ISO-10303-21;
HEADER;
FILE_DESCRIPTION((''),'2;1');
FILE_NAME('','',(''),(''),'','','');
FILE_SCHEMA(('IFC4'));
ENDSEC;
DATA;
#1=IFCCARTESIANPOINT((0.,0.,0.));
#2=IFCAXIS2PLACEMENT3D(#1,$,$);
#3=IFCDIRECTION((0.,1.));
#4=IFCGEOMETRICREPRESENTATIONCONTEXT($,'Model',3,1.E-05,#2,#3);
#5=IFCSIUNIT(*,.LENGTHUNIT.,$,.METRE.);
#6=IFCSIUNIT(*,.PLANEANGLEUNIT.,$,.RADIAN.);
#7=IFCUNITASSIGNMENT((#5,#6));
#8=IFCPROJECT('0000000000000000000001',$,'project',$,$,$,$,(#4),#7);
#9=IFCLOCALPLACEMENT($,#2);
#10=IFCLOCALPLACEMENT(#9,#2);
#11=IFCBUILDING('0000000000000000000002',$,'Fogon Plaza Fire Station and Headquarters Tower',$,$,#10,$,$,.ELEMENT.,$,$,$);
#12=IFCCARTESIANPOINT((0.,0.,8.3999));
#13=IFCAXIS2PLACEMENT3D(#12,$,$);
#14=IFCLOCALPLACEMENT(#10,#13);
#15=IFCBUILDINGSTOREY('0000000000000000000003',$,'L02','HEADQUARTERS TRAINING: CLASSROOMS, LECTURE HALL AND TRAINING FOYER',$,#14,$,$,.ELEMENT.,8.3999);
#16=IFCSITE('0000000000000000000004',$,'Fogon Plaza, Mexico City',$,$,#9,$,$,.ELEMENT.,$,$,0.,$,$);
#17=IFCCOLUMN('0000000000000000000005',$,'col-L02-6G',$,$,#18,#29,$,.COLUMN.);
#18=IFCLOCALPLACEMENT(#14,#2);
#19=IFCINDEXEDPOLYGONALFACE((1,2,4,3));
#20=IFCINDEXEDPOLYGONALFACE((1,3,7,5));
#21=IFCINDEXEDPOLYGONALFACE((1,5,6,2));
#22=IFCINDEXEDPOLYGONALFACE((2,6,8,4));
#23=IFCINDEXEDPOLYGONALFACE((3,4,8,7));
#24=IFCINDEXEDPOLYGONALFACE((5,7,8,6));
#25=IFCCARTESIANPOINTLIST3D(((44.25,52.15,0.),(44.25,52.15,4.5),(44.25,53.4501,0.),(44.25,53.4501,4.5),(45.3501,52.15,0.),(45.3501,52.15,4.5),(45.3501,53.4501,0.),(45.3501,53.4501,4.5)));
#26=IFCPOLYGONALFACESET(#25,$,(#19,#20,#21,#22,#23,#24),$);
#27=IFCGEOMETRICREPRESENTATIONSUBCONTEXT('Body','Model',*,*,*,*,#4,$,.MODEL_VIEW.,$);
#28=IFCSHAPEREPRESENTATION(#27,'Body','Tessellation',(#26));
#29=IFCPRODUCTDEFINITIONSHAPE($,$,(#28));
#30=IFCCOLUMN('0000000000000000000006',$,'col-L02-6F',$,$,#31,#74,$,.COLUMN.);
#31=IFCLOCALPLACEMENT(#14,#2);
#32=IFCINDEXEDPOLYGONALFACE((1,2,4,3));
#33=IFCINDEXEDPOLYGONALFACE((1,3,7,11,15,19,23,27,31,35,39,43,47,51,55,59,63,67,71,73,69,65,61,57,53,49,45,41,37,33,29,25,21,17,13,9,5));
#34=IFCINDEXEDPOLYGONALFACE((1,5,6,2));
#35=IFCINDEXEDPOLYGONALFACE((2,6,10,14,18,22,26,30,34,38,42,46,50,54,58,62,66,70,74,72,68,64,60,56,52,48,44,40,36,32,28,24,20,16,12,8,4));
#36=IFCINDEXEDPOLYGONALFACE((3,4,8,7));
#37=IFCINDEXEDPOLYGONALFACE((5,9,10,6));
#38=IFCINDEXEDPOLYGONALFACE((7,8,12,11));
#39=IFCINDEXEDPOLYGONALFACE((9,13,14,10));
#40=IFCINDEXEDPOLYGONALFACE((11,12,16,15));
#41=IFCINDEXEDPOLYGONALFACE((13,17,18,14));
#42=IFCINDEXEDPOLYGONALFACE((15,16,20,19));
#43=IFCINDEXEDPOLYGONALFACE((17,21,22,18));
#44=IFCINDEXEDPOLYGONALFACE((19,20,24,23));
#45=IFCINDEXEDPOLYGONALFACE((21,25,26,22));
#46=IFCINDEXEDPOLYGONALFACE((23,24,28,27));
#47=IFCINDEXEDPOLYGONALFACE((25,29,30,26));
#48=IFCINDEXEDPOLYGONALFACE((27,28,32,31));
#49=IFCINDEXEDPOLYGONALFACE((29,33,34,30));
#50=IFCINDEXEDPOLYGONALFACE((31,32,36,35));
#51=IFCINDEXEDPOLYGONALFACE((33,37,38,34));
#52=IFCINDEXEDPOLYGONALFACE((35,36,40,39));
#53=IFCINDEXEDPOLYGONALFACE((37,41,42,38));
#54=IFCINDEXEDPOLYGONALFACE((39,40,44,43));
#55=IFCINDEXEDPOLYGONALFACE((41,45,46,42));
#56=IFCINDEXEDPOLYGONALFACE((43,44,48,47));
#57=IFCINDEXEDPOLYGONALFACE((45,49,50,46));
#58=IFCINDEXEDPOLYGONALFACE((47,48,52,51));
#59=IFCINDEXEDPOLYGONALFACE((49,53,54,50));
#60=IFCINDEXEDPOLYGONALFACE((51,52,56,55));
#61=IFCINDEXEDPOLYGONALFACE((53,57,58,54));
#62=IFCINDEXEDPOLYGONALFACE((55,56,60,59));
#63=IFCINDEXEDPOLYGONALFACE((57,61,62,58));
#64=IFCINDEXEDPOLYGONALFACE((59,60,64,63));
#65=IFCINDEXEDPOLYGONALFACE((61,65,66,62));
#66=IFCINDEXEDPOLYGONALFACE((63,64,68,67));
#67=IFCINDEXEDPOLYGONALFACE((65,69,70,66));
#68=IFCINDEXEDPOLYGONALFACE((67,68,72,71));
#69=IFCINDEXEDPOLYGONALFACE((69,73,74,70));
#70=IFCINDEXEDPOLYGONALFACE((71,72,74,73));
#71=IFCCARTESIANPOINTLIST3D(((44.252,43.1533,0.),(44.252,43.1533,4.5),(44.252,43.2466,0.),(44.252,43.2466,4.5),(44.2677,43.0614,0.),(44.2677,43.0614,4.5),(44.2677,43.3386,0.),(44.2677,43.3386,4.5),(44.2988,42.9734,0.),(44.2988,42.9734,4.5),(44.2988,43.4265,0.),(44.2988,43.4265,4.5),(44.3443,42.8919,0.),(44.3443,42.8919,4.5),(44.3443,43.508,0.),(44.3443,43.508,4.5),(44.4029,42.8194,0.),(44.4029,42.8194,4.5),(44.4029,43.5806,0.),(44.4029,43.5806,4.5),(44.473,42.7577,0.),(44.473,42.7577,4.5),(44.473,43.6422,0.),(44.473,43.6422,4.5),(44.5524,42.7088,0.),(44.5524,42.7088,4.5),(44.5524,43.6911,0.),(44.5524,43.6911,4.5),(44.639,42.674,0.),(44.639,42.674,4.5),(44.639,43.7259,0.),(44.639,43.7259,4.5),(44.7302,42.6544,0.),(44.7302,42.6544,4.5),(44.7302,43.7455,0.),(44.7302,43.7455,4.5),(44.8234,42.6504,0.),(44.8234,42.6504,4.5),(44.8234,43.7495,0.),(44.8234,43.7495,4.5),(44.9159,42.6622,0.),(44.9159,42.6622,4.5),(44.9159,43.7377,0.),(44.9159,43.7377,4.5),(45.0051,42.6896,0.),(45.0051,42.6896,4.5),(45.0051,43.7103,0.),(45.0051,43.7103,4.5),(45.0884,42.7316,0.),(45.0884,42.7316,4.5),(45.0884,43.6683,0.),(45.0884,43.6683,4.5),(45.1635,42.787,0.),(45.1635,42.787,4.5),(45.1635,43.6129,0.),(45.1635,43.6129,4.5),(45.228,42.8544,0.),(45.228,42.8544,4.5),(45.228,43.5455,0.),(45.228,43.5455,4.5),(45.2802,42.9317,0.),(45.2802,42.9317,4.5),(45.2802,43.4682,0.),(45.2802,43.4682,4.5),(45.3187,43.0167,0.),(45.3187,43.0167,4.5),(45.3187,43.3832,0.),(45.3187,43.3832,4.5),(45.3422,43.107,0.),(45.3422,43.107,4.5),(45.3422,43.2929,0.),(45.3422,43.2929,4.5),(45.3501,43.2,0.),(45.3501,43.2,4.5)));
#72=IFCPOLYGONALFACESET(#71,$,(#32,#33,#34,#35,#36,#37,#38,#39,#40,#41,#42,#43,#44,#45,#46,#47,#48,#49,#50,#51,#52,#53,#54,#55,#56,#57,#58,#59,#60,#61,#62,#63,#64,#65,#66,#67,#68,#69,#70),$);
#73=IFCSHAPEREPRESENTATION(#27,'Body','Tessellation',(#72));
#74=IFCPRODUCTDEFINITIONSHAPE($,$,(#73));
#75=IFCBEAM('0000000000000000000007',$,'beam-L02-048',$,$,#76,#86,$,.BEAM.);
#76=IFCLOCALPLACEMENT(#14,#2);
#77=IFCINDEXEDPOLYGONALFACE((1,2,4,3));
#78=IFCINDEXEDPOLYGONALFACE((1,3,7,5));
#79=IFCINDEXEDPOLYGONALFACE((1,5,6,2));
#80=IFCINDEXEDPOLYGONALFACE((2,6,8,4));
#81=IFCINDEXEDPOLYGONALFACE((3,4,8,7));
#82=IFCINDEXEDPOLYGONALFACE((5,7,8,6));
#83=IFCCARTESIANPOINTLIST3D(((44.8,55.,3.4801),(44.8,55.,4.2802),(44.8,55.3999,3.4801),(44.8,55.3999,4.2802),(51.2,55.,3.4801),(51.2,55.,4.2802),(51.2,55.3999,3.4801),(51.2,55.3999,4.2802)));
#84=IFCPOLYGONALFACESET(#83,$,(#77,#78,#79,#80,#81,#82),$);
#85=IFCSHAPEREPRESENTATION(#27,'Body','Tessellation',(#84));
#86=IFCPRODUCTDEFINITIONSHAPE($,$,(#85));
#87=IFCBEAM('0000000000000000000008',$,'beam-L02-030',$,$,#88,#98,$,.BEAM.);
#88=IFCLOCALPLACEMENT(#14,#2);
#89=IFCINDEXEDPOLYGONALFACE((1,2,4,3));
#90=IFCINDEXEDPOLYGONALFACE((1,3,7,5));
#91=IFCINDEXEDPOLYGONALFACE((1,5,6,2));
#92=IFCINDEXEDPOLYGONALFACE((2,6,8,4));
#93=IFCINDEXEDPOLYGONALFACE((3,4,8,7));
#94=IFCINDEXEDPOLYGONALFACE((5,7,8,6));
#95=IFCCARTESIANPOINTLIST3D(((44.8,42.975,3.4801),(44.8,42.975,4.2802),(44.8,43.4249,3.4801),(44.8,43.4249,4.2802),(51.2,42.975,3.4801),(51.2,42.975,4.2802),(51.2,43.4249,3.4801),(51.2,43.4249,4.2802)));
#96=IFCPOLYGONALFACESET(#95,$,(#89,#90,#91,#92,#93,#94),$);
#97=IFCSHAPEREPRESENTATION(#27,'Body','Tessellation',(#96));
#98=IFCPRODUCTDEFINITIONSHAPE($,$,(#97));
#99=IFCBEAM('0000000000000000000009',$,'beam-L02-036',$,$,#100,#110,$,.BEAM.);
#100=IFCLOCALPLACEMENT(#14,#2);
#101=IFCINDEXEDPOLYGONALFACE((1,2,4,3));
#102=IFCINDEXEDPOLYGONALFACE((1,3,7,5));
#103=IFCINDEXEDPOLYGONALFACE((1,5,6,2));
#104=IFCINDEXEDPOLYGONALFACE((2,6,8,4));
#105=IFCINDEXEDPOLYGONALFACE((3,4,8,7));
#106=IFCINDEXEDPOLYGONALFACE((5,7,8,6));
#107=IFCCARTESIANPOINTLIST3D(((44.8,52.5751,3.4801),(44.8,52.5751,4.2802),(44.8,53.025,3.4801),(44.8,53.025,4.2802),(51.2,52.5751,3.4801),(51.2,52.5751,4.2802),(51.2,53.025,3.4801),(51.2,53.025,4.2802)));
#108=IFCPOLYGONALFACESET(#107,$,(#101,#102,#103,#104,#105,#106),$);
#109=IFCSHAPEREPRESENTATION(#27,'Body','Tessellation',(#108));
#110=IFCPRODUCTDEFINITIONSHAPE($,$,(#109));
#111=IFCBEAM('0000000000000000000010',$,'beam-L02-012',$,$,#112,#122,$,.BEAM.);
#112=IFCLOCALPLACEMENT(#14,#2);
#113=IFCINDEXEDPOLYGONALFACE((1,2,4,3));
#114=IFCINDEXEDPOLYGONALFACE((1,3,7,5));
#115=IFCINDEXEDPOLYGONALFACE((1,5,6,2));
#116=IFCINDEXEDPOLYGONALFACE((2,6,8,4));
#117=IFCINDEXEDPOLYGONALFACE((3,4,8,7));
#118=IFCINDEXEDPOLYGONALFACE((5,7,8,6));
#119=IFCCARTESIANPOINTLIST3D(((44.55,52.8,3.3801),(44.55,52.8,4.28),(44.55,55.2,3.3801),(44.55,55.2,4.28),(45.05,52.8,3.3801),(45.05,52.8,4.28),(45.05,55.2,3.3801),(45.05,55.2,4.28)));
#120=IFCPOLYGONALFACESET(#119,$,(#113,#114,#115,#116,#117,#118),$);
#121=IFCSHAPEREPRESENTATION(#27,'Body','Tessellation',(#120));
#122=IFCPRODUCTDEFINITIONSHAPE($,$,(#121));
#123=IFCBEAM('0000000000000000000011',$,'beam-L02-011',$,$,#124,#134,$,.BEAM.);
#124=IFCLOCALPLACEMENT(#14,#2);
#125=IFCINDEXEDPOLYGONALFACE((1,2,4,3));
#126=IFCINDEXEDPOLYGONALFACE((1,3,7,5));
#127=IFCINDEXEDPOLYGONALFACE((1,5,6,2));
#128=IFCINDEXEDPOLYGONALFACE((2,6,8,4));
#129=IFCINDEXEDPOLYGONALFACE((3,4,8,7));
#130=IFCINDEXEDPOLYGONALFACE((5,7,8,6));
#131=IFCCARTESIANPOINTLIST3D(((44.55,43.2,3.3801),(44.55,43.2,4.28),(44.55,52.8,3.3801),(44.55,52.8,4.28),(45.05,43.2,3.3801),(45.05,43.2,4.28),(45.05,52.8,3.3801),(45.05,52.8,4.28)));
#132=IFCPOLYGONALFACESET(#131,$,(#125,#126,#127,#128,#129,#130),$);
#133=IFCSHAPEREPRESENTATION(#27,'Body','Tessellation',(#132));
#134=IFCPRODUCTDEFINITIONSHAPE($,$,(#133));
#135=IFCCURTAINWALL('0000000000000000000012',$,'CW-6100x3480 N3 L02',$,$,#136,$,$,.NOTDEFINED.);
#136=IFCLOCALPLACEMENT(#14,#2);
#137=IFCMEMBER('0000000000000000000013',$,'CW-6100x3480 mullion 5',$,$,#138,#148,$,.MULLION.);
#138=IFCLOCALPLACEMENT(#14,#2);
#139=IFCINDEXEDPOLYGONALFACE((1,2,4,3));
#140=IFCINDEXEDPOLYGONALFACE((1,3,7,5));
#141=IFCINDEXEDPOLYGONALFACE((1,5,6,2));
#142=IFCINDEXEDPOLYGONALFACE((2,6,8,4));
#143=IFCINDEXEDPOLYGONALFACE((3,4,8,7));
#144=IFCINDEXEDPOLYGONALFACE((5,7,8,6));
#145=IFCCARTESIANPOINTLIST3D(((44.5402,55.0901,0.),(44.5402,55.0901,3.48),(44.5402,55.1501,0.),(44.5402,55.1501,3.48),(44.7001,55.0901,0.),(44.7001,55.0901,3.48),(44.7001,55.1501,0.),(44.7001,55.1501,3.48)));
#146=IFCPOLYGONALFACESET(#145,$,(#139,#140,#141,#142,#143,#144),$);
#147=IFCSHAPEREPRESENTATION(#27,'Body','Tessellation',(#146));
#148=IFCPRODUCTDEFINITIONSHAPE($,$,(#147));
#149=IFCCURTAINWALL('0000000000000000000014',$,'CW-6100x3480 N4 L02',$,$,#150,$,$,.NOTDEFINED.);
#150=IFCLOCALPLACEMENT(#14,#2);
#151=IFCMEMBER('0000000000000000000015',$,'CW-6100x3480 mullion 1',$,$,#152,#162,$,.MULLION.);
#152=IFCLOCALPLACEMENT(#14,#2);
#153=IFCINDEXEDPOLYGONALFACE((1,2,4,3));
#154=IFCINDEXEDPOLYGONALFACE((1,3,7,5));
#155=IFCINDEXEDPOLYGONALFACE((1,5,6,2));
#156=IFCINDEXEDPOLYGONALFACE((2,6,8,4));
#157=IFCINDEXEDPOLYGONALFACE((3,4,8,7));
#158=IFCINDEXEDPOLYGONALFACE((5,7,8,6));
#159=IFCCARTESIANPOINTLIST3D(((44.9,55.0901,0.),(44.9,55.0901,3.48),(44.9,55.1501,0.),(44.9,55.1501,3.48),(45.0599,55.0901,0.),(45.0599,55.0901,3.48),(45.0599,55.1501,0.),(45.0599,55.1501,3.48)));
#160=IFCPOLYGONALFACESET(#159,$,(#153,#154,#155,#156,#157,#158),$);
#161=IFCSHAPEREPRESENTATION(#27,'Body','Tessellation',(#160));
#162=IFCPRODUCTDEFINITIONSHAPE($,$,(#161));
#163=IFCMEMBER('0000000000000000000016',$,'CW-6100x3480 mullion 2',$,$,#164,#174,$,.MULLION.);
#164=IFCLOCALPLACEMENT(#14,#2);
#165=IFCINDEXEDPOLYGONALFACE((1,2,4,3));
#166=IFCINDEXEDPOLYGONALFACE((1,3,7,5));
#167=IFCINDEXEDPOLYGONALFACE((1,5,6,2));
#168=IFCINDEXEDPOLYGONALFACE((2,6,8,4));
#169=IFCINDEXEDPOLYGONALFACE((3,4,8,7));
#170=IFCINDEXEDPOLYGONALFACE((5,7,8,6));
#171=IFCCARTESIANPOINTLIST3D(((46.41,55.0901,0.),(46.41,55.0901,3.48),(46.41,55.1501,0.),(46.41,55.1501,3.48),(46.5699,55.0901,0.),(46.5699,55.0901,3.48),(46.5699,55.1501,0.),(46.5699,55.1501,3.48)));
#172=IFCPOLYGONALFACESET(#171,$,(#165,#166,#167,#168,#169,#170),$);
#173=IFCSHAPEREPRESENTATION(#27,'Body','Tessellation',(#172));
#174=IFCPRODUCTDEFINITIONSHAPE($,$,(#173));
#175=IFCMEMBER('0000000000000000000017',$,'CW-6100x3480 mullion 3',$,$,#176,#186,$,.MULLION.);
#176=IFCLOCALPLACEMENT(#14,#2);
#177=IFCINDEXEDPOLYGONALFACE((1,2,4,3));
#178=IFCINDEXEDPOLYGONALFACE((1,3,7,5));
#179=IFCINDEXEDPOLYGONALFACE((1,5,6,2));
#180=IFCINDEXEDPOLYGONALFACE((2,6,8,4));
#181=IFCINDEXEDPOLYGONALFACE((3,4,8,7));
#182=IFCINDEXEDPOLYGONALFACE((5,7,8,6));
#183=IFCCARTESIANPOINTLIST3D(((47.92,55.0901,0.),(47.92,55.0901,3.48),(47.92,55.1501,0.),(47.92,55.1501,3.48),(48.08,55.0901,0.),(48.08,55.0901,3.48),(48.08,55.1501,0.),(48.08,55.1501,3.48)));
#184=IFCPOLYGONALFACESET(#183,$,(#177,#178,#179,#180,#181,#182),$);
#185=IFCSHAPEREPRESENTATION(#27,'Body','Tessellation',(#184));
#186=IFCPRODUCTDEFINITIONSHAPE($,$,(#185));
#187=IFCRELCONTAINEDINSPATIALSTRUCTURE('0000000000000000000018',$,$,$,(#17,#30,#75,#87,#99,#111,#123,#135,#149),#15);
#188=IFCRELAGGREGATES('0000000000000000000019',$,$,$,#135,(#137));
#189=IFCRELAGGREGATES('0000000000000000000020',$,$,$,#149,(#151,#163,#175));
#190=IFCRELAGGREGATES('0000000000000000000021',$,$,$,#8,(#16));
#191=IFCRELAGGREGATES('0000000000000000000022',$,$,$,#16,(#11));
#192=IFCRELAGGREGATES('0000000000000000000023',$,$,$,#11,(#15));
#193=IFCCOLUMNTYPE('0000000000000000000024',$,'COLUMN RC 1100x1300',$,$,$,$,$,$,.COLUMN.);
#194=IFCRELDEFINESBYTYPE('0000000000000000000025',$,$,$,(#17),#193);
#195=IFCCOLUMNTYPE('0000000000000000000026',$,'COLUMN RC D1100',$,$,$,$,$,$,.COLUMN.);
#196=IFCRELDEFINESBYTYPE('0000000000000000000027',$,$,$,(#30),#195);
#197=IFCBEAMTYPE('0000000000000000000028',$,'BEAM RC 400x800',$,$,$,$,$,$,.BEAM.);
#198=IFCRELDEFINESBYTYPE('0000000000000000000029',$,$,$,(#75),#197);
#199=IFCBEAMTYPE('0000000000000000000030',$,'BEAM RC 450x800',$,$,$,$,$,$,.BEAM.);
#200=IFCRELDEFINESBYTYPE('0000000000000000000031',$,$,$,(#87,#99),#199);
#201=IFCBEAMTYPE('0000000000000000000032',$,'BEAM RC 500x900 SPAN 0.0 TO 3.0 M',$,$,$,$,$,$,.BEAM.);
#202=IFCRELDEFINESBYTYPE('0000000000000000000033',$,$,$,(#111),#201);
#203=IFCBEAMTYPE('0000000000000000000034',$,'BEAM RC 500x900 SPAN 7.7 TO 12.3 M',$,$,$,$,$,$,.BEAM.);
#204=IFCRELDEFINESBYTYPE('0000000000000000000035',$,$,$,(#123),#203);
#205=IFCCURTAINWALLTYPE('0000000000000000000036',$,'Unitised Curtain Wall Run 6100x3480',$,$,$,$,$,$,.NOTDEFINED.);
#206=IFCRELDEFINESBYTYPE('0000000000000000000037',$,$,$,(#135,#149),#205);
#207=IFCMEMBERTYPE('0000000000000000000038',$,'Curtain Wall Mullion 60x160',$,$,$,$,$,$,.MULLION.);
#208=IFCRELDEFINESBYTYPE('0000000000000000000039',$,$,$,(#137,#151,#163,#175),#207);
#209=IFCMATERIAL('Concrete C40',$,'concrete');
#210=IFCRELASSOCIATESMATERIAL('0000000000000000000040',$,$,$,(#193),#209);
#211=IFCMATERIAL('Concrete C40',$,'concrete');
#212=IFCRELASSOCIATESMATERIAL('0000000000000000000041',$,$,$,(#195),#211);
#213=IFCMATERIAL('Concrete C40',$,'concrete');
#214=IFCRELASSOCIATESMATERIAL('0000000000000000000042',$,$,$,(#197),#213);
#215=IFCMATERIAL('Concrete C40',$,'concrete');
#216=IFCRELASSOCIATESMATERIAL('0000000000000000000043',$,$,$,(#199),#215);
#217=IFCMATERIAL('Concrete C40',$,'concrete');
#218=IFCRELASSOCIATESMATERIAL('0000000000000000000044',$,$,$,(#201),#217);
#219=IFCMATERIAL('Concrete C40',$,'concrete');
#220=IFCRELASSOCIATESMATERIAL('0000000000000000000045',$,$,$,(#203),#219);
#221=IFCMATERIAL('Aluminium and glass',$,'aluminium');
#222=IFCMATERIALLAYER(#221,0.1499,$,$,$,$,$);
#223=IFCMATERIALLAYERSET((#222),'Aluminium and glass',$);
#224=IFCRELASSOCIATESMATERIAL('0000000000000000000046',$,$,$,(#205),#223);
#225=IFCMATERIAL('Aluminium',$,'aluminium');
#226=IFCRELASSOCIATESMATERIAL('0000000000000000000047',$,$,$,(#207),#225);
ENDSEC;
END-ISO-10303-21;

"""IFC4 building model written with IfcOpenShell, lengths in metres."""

from ifc_helpers import new_model, si_unit, direction, frame, origin, origin_2d, place, context, subcontext, project, spatial, rectangle, circle, extrude, material, layer, layer_set, material_profile, profile_set, type_object, element, aggregate, save


model = new_model("IFC4")

# Units and contexts
model_context = context("Model", 3, precision=1e-05, world=origin(), true_north=direction((0.0, 1.0)))
body_context = subcontext(model_context, "Body", "Model", "MODEL_VIEW")
ifc_project = project(units=[si_unit("LENGTHUNIT", "METRE"), si_unit("PLANEANGLEUNIT", "RADIAN")], contexts=[model_context])

# Site, building, storey
site_placement = place(None, origin())
site = spatial("IfcSite", under=ifc_project, at=site_placement, Name="Fogon Plaza, Mexico City", CompositionType="ELEMENT", RefElevation=0.0)
building_placement = place(site_placement, origin())
building = spatial("IfcBuilding", under=site, at=building_placement, Name="Fogon Plaza Fire Station and Headquarters Tower", CompositionType="ELEMENT")
storey_placement = place(building_placement, frame((0.0, 0.0, 8.3999)))
storey = spatial("IfcBuildingStorey", under=building, at=storey_placement, Name="L02", Description="HEADQUARTERS TRAINING: CLASSROOMS, LECTURE HALL AND TRAINING FOYER", CompositionType="ELEMENT", Elevation=8.3999)

# Columns
ifc_material_1 = material(Name="Concrete C40", Category="concrete")
ifc_material_profile_1 = material_profile(ifc_material_1, rectangle(XDim=1.1001, YDim=1.3, at=origin_2d()), Name="RC 1100x1300")
ifc_profile_set_1 = profile_set([ifc_material_profile_1], Name="Concrete C40")
column_type_1 = type_object("IfcColumnType", Name="COLUMN RC 1100x1300", PredefinedType="COLUMN", material=ifc_profile_set_1)
column_1_placement = place(storey_placement, frame((44.8, 52.8, 0.0), z_axis=(0.0, 0.0, 1.0), x_axis=(1.0, 0.0, 0.0)))
element("IfcColumn", 1, at=column_1_placement, inside=storey, type_object=column_type_1, Name="col-L02-6G", PredefinedType="COLUMN", context=body_context, shape_type="SweptSolid", body=[
    extrude(rectangle(XDim=1.1001, YDim=1.3, at=origin_2d()), origin(), (0.0, 0.0, 1.0), 4.5),
])
ifc_material_2 = material(Name="Concrete C40", Category="concrete")
ifc_material_profile_2 = material_profile(ifc_material_2, circle(Radius=0.55, at=origin_2d()), Name="RC D1100")
ifc_profile_set_2 = profile_set([ifc_material_profile_2], Name="Concrete C40")
column_type_2 = type_object("IfcColumnType", Name="COLUMN RC D1100", PredefinedType="COLUMN", material=ifc_profile_set_2)
column_2_placement = place(storey_placement, frame((44.8, 43.2, 0.0), z_axis=(0.0, 0.0, 1.0), x_axis=(1.0, 0.0, 0.0)))
element("IfcColumn", 2, at=column_2_placement, inside=storey, type_object=column_type_2, Name="col-L02-6F", PredefinedType="COLUMN", context=body_context, shape_type="SweptSolid", body=[
    extrude(circle(Radius=0.55, at=origin_2d()), origin(), (0.0, 0.0, 1.0), 4.5),
])

# Beams
ifc_material_3 = material(Name="Concrete C40", Category="concrete")
ifc_material_profile_3 = material_profile(ifc_material_3, rectangle(XDim=0.3999, YDim=0.8, at=origin_2d()), Name="RC 400x800")
ifc_profile_set_3 = profile_set([ifc_material_profile_3], Name="Concrete C40")
beam_type_1 = type_object("IfcBeamType", Name="BEAM RC 400x800", PredefinedType="BEAM", material=ifc_profile_set_3)
beam_1_placement = place(storey_placement, frame((44.8, 55.2, 3.8801), z_axis=(1.0, 0.0, 0.0), x_axis=(0.0, 1.0, 0.0)))
element("IfcBeam", 3, at=beam_1_placement, inside=storey, type_object=beam_type_1, Name="beam-L02-048", PredefinedType="BEAM", context=body_context, shape_type="SweptSolid", body=[
    extrude(rectangle(XDim=0.3999, YDim=0.8, at=origin_2d()), origin(), (0.0, 0.0, 1.0), 6.3999),
])
ifc_material_4 = material(Name="Concrete C40", Category="concrete")
ifc_material_profile_4 = material_profile(ifc_material_4, rectangle(XDim=0.45, YDim=0.8, at=origin_2d()), Name="RC 450x800")
ifc_profile_set_4 = profile_set([ifc_material_profile_4], Name="Concrete C40")
beam_type_2 = type_object("IfcBeamType", Name="BEAM RC 450x800", PredefinedType="BEAM", material=ifc_profile_set_4)
for number, where, z_axis, x_axis, name in (
    (4, (44.8, 43.2, 3.8801), (1.0, 0.0, 0.0), (0.0, 1.0, 0.0), "beam-L02-030"),
    (5, (44.8, 52.8, 3.8801), (1.0, 0.0, 0.0), (0.0, 1.0, 0.0), "beam-L02-036"),
):
    element("IfcBeam", number, at=place(storey_placement, frame(where, z_axis=z_axis, x_axis=x_axis)), inside=storey, type_object=beam_type_2, Name=name, PredefinedType="BEAM", context=body_context, shape_type="SweptSolid", body=[
        extrude(rectangle(XDim=0.45, YDim=0.8, at=origin_2d()), origin(), (0.0, 0.0, 1.0), 6.3999),
    ])
ifc_material_5 = material(Name="Concrete C40", Category="concrete")
ifc_material_profile_5 = material_profile(ifc_material_5, rectangle(XDim=0.5, YDim=0.8999, at=origin_2d()), Name="RC 500x900")
ifc_profile_set_5 = profile_set([ifc_material_profile_5], Name="Concrete C40")
beam_type_3 = type_object("IfcBeamType", Name="BEAM RC 500x900 SPAN 0.0 TO 3.0 M", PredefinedType="BEAM", material=ifc_profile_set_5)
beam_2_placement = place(storey_placement, frame((44.8, 52.8, 3.8301), z_axis=(0.0, 1.0, 0.0), x_axis=(-1.0, 0.0, 0.0)))
element("IfcBeam", 6, at=beam_2_placement, inside=storey, type_object=beam_type_3, Name="beam-L02-012", PredefinedType="BEAM", context=body_context, shape_type="SweptSolid", body=[
    extrude(rectangle(XDim=0.5, YDim=0.8999, at=origin_2d()), origin(), (0.0, 0.0, 1.0), 2.3999),
])
ifc_material_6 = material(Name="Concrete C40", Category="concrete")
ifc_material_profile_6 = material_profile(ifc_material_6, rectangle(XDim=0.5, YDim=0.8999, at=origin_2d()), Name="RC 500x900")
ifc_profile_set_6 = profile_set([ifc_material_profile_6], Name="Concrete C40")
beam_type_4 = type_object("IfcBeamType", Name="BEAM RC 500x900 SPAN 7.7 TO 12.3 M", PredefinedType="BEAM", material=ifc_profile_set_6)
beam_3_placement = place(storey_placement, frame((44.8, 43.2, 3.8301), z_axis=(0.0, 1.0, 0.0), x_axis=(-1.0, 0.0, 0.0)))
element("IfcBeam", 7, at=beam_3_placement, inside=storey, type_object=beam_type_4, Name="beam-L02-011", PredefinedType="BEAM", context=body_context, shape_type="SweptSolid", body=[
    extrude(rectangle(XDim=0.5, YDim=0.8999, at=origin_2d()), origin(), (0.0, 0.0, 1.0), 9.6001),
])

# Curtain wall, member
ifc_material_7 = material(Name="Aluminium and glass", Category="aluminium")
ifc_layer_1 = layer(ifc_material_7, 0.1499)
ifc_layer_set_1 = layer_set([ifc_layer_1], Name="Aluminium and glass")
curtain_wall_type = type_object("IfcCurtainWallType", Name="Unitised Curtain Wall Run 6100x3480", PredefinedType="NOTDEFINED", material=ifc_layer_set_1)
curtain_wall_1_placement = place(storey_placement, origin())
curtain_wall_1 = element("IfcCurtainWall", 8, at=curtain_wall_1_placement, inside=storey, type_object=curtain_wall_type, Name="CW-6100x3480 N3 L02", PredefinedType="NOTDEFINED")
ifc_material_8 = material(Name="Aluminium", Category="aluminium")
ifc_material_profile_7 = material_profile(ifc_material_8, rectangle(XDim=0.0601, YDim=0.1599, at=origin_2d()), Name="Curtain Wall Mullion 60x160")
ifc_profile_set_7 = profile_set([ifc_material_profile_7], Name="Aluminium")
member_type_1 = type_object("IfcMemberType", Name="Curtain Wall Mullion 60x160", PredefinedType="MULLION", material=ifc_profile_set_7)
member_1_placement = place(storey_placement, frame((44.6201, 55.1201, 0.0), z_axis=(0.0, 0.0, 1.0), x_axis=(0.0, 1.0, 0.0)))
member_1 = element("IfcMember", 9, at=member_1_placement, type_object=member_type_1, Name="CW-6100x3480 mullion 5", PredefinedType="MULLION", context=body_context, shape_type="SweptSolid", body=[
    extrude(rectangle(XDim=0.0601, YDim=0.1599, at=origin_2d()), origin(), (0.0, 0.0, 1.0), 3.48),
])

# Curtain wall, members
curtain_wall_2_placement = place(storey_placement, origin())
curtain_wall_2 = element("IfcCurtainWall", 10, at=curtain_wall_2_placement, inside=storey, type_object=curtain_wall_type, Name="CW-6100x3480 N4 L02", PredefinedType="NOTDEFINED")
member_2_placement = place(storey_placement, frame((44.98, 55.1201, 0.0), z_axis=(0.0, 0.0, 1.0), x_axis=(0.0, 1.0, 0.0)))
member_2 = element("IfcMember", 11, at=member_2_placement, type_object=member_type_1, Name="CW-6100x3480 mullion 1", PredefinedType="MULLION", context=body_context, shape_type="SweptSolid", body=[
    extrude(rectangle(XDim=0.0601, YDim=0.1599, at=origin_2d()), origin(), (0.0, 0.0, 1.0), 3.48),
])
member_3_placement = place(storey_placement, frame((46.49, 55.1201, 0.0), z_axis=(0.0, 0.0, 1.0), x_axis=(0.0, 1.0, 0.0)))
member_3 = element("IfcMember", 12, at=member_3_placement, type_object=member_type_1, Name="CW-6100x3480 mullion 2", PredefinedType="MULLION", context=body_context, shape_type="SweptSolid", body=[
    extrude(rectangle(XDim=0.0601, YDim=0.1599, at=origin_2d()), origin(), (0.0, 0.0, 1.0), 3.48),
])
member_4_placement = place(storey_placement, frame((48.0, 55.1201, 0.0), z_axis=(0.0, 0.0, 1.0), x_axis=(0.0, 1.0, 0.0)))
member_4 = element("IfcMember", 13, at=member_4_placement, type_object=member_type_1, Name="CW-6100x3480 mullion 3", PredefinedType="MULLION", context=body_context, shape_type="SweptSolid", body=[
    extrude(rectangle(XDim=0.0601, YDim=0.1599, at=origin_2d()), origin(), (0.0, 0.0, 1.0), 3.48),
])

aggregate(curtain_wall_1, [member_1])
aggregate(curtain_wall_2, [member_2, member_3, member_4])

save(model, "model.ifc")
